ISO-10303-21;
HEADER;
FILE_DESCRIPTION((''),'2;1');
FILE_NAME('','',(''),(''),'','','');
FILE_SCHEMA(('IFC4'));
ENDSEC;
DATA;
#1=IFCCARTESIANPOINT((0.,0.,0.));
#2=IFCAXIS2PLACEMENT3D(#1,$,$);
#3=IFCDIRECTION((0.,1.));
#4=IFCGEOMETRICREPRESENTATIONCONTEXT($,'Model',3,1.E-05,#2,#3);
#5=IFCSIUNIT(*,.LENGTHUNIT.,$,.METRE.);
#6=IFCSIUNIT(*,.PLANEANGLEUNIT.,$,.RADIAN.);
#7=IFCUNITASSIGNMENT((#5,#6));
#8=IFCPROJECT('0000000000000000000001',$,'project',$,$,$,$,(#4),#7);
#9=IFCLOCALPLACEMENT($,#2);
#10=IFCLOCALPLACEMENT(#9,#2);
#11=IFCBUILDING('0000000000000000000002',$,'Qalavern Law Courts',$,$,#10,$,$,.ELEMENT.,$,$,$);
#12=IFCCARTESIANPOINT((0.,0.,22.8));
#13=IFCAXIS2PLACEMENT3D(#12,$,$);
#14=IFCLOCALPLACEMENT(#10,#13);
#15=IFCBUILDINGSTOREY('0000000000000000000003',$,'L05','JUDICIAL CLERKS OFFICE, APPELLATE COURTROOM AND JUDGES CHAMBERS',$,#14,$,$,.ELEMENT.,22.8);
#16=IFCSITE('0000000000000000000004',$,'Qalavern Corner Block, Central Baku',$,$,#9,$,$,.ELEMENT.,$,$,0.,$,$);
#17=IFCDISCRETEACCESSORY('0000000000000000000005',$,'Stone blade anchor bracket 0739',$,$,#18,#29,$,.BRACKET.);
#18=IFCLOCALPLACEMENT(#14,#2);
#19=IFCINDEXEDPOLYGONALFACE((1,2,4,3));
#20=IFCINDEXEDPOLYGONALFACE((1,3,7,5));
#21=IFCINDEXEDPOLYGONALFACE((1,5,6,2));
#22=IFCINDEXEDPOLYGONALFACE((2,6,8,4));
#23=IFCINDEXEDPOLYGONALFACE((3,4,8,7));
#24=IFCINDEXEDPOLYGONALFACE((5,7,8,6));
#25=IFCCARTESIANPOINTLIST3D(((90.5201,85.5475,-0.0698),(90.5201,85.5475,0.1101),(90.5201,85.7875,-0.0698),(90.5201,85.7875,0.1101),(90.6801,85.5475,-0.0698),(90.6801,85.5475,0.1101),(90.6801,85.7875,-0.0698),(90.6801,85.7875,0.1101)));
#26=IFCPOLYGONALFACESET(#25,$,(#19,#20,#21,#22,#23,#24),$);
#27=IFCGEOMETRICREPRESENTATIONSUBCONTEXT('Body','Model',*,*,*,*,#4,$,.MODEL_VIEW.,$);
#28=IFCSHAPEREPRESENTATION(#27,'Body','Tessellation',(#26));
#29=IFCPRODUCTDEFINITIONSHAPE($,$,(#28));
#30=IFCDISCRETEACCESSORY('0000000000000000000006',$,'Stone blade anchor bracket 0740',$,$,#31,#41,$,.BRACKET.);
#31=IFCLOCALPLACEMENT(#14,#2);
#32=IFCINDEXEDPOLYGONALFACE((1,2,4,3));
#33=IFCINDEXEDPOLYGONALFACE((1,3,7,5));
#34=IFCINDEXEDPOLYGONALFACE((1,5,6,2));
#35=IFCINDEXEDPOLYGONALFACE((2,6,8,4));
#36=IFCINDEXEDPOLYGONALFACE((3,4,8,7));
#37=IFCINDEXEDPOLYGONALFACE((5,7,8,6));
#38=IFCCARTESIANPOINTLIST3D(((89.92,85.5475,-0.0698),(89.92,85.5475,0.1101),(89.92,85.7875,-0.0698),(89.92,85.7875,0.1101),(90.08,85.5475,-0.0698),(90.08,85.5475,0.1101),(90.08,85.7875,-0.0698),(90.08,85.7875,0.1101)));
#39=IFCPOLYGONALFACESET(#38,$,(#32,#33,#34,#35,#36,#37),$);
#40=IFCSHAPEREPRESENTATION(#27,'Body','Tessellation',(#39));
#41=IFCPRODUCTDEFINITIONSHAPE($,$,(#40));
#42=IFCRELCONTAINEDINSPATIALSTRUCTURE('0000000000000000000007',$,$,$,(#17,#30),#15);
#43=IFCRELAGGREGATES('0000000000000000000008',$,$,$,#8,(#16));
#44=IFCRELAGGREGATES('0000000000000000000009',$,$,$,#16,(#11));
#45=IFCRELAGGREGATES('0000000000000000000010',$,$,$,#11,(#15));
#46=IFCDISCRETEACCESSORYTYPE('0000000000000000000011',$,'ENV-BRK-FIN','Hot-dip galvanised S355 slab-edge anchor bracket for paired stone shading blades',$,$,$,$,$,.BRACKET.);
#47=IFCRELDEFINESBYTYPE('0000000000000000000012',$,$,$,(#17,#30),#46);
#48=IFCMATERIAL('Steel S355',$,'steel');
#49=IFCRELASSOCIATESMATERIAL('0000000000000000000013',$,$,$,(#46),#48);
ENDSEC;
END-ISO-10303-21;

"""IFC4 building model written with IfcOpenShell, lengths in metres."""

from ifc_helpers import new_model, si_unit, direction, frame, origin, origin_2d, place, context, subcontext, project, spatial, rectangle, extrude, material, type_object, element, save


model = new_model("IFC4")

# Units and contexts
model_context = context("Model", 3, precision=1e-05, world=origin(), true_north=direction((0.0, 1.0)))
body_context = subcontext(model_context, "Body", "Model", "MODEL_VIEW")
ifc_project = project(units=[si_unit("LENGTHUNIT", "METRE"), si_unit("PLANEANGLEUNIT", "RADIAN")], contexts=[model_context])

# Site, building, storey
site_placement = place(None, origin())
site = spatial("IfcSite", under=ifc_project, at=site_placement, Name="Qalavern Corner Block, Central Baku", CompositionType="ELEMENT", RefElevation=0.0)
building_placement = place(site_placement, origin())
building = spatial("IfcBuilding", under=site, at=building_placement, Name="Qalavern Law Courts", CompositionType="ELEMENT")
storey_placement = place(building_placement, frame((0.0, 0.0, 22.8)))
storey = spatial("IfcBuildingStorey", under=building, at=storey_placement, Name="L05", Description="JUDICIAL CLERKS OFFICE, APPELLATE COURTROOM AND JUDGES CHAMBERS", CompositionType="ELEMENT", Elevation=22.8)

# Discrete accessories
ifc_material_1 = material(Name="Steel S355", Category="steel")
discrete_accessory_type = type_object("IfcDiscreteAccessoryType", Name="ENV-BRK-FIN", Description="Hot-dip galvanised S355 slab-edge anchor bracket for paired stone shading blades", PredefinedType="BRACKET", material=ifc_material_1)
for number, where, z_axis, x_axis, name in (
    (1, (90.6001, 85.6675, -0.0698), (0.0, 0.0, 1.0), (0.0, 1.0, 0.0), "Stone blade anchor bracket 0739"),
    (2, (90.0, 85.6675, -0.0698), (0.0, 0.0, 1.0), (0.0, 1.0, 0.0), "Stone blade anchor bracket 0740"),
):
    element("IfcDiscreteAccessory", number, at=place(storey_placement, frame(where, z_axis=z_axis, x_axis=x_axis)), inside=storey, type_object=discrete_accessory_type, Name=name, PredefinedType="BRACKET", context=body_context, shape_type="SweptSolid", body=[
        extrude(rectangle(XDim=0.24, YDim=0.1599, at=origin_2d()), origin(), (0.0, 0.0, 1.0), 0.1799),
    ])

save(model, "model.ifc")
